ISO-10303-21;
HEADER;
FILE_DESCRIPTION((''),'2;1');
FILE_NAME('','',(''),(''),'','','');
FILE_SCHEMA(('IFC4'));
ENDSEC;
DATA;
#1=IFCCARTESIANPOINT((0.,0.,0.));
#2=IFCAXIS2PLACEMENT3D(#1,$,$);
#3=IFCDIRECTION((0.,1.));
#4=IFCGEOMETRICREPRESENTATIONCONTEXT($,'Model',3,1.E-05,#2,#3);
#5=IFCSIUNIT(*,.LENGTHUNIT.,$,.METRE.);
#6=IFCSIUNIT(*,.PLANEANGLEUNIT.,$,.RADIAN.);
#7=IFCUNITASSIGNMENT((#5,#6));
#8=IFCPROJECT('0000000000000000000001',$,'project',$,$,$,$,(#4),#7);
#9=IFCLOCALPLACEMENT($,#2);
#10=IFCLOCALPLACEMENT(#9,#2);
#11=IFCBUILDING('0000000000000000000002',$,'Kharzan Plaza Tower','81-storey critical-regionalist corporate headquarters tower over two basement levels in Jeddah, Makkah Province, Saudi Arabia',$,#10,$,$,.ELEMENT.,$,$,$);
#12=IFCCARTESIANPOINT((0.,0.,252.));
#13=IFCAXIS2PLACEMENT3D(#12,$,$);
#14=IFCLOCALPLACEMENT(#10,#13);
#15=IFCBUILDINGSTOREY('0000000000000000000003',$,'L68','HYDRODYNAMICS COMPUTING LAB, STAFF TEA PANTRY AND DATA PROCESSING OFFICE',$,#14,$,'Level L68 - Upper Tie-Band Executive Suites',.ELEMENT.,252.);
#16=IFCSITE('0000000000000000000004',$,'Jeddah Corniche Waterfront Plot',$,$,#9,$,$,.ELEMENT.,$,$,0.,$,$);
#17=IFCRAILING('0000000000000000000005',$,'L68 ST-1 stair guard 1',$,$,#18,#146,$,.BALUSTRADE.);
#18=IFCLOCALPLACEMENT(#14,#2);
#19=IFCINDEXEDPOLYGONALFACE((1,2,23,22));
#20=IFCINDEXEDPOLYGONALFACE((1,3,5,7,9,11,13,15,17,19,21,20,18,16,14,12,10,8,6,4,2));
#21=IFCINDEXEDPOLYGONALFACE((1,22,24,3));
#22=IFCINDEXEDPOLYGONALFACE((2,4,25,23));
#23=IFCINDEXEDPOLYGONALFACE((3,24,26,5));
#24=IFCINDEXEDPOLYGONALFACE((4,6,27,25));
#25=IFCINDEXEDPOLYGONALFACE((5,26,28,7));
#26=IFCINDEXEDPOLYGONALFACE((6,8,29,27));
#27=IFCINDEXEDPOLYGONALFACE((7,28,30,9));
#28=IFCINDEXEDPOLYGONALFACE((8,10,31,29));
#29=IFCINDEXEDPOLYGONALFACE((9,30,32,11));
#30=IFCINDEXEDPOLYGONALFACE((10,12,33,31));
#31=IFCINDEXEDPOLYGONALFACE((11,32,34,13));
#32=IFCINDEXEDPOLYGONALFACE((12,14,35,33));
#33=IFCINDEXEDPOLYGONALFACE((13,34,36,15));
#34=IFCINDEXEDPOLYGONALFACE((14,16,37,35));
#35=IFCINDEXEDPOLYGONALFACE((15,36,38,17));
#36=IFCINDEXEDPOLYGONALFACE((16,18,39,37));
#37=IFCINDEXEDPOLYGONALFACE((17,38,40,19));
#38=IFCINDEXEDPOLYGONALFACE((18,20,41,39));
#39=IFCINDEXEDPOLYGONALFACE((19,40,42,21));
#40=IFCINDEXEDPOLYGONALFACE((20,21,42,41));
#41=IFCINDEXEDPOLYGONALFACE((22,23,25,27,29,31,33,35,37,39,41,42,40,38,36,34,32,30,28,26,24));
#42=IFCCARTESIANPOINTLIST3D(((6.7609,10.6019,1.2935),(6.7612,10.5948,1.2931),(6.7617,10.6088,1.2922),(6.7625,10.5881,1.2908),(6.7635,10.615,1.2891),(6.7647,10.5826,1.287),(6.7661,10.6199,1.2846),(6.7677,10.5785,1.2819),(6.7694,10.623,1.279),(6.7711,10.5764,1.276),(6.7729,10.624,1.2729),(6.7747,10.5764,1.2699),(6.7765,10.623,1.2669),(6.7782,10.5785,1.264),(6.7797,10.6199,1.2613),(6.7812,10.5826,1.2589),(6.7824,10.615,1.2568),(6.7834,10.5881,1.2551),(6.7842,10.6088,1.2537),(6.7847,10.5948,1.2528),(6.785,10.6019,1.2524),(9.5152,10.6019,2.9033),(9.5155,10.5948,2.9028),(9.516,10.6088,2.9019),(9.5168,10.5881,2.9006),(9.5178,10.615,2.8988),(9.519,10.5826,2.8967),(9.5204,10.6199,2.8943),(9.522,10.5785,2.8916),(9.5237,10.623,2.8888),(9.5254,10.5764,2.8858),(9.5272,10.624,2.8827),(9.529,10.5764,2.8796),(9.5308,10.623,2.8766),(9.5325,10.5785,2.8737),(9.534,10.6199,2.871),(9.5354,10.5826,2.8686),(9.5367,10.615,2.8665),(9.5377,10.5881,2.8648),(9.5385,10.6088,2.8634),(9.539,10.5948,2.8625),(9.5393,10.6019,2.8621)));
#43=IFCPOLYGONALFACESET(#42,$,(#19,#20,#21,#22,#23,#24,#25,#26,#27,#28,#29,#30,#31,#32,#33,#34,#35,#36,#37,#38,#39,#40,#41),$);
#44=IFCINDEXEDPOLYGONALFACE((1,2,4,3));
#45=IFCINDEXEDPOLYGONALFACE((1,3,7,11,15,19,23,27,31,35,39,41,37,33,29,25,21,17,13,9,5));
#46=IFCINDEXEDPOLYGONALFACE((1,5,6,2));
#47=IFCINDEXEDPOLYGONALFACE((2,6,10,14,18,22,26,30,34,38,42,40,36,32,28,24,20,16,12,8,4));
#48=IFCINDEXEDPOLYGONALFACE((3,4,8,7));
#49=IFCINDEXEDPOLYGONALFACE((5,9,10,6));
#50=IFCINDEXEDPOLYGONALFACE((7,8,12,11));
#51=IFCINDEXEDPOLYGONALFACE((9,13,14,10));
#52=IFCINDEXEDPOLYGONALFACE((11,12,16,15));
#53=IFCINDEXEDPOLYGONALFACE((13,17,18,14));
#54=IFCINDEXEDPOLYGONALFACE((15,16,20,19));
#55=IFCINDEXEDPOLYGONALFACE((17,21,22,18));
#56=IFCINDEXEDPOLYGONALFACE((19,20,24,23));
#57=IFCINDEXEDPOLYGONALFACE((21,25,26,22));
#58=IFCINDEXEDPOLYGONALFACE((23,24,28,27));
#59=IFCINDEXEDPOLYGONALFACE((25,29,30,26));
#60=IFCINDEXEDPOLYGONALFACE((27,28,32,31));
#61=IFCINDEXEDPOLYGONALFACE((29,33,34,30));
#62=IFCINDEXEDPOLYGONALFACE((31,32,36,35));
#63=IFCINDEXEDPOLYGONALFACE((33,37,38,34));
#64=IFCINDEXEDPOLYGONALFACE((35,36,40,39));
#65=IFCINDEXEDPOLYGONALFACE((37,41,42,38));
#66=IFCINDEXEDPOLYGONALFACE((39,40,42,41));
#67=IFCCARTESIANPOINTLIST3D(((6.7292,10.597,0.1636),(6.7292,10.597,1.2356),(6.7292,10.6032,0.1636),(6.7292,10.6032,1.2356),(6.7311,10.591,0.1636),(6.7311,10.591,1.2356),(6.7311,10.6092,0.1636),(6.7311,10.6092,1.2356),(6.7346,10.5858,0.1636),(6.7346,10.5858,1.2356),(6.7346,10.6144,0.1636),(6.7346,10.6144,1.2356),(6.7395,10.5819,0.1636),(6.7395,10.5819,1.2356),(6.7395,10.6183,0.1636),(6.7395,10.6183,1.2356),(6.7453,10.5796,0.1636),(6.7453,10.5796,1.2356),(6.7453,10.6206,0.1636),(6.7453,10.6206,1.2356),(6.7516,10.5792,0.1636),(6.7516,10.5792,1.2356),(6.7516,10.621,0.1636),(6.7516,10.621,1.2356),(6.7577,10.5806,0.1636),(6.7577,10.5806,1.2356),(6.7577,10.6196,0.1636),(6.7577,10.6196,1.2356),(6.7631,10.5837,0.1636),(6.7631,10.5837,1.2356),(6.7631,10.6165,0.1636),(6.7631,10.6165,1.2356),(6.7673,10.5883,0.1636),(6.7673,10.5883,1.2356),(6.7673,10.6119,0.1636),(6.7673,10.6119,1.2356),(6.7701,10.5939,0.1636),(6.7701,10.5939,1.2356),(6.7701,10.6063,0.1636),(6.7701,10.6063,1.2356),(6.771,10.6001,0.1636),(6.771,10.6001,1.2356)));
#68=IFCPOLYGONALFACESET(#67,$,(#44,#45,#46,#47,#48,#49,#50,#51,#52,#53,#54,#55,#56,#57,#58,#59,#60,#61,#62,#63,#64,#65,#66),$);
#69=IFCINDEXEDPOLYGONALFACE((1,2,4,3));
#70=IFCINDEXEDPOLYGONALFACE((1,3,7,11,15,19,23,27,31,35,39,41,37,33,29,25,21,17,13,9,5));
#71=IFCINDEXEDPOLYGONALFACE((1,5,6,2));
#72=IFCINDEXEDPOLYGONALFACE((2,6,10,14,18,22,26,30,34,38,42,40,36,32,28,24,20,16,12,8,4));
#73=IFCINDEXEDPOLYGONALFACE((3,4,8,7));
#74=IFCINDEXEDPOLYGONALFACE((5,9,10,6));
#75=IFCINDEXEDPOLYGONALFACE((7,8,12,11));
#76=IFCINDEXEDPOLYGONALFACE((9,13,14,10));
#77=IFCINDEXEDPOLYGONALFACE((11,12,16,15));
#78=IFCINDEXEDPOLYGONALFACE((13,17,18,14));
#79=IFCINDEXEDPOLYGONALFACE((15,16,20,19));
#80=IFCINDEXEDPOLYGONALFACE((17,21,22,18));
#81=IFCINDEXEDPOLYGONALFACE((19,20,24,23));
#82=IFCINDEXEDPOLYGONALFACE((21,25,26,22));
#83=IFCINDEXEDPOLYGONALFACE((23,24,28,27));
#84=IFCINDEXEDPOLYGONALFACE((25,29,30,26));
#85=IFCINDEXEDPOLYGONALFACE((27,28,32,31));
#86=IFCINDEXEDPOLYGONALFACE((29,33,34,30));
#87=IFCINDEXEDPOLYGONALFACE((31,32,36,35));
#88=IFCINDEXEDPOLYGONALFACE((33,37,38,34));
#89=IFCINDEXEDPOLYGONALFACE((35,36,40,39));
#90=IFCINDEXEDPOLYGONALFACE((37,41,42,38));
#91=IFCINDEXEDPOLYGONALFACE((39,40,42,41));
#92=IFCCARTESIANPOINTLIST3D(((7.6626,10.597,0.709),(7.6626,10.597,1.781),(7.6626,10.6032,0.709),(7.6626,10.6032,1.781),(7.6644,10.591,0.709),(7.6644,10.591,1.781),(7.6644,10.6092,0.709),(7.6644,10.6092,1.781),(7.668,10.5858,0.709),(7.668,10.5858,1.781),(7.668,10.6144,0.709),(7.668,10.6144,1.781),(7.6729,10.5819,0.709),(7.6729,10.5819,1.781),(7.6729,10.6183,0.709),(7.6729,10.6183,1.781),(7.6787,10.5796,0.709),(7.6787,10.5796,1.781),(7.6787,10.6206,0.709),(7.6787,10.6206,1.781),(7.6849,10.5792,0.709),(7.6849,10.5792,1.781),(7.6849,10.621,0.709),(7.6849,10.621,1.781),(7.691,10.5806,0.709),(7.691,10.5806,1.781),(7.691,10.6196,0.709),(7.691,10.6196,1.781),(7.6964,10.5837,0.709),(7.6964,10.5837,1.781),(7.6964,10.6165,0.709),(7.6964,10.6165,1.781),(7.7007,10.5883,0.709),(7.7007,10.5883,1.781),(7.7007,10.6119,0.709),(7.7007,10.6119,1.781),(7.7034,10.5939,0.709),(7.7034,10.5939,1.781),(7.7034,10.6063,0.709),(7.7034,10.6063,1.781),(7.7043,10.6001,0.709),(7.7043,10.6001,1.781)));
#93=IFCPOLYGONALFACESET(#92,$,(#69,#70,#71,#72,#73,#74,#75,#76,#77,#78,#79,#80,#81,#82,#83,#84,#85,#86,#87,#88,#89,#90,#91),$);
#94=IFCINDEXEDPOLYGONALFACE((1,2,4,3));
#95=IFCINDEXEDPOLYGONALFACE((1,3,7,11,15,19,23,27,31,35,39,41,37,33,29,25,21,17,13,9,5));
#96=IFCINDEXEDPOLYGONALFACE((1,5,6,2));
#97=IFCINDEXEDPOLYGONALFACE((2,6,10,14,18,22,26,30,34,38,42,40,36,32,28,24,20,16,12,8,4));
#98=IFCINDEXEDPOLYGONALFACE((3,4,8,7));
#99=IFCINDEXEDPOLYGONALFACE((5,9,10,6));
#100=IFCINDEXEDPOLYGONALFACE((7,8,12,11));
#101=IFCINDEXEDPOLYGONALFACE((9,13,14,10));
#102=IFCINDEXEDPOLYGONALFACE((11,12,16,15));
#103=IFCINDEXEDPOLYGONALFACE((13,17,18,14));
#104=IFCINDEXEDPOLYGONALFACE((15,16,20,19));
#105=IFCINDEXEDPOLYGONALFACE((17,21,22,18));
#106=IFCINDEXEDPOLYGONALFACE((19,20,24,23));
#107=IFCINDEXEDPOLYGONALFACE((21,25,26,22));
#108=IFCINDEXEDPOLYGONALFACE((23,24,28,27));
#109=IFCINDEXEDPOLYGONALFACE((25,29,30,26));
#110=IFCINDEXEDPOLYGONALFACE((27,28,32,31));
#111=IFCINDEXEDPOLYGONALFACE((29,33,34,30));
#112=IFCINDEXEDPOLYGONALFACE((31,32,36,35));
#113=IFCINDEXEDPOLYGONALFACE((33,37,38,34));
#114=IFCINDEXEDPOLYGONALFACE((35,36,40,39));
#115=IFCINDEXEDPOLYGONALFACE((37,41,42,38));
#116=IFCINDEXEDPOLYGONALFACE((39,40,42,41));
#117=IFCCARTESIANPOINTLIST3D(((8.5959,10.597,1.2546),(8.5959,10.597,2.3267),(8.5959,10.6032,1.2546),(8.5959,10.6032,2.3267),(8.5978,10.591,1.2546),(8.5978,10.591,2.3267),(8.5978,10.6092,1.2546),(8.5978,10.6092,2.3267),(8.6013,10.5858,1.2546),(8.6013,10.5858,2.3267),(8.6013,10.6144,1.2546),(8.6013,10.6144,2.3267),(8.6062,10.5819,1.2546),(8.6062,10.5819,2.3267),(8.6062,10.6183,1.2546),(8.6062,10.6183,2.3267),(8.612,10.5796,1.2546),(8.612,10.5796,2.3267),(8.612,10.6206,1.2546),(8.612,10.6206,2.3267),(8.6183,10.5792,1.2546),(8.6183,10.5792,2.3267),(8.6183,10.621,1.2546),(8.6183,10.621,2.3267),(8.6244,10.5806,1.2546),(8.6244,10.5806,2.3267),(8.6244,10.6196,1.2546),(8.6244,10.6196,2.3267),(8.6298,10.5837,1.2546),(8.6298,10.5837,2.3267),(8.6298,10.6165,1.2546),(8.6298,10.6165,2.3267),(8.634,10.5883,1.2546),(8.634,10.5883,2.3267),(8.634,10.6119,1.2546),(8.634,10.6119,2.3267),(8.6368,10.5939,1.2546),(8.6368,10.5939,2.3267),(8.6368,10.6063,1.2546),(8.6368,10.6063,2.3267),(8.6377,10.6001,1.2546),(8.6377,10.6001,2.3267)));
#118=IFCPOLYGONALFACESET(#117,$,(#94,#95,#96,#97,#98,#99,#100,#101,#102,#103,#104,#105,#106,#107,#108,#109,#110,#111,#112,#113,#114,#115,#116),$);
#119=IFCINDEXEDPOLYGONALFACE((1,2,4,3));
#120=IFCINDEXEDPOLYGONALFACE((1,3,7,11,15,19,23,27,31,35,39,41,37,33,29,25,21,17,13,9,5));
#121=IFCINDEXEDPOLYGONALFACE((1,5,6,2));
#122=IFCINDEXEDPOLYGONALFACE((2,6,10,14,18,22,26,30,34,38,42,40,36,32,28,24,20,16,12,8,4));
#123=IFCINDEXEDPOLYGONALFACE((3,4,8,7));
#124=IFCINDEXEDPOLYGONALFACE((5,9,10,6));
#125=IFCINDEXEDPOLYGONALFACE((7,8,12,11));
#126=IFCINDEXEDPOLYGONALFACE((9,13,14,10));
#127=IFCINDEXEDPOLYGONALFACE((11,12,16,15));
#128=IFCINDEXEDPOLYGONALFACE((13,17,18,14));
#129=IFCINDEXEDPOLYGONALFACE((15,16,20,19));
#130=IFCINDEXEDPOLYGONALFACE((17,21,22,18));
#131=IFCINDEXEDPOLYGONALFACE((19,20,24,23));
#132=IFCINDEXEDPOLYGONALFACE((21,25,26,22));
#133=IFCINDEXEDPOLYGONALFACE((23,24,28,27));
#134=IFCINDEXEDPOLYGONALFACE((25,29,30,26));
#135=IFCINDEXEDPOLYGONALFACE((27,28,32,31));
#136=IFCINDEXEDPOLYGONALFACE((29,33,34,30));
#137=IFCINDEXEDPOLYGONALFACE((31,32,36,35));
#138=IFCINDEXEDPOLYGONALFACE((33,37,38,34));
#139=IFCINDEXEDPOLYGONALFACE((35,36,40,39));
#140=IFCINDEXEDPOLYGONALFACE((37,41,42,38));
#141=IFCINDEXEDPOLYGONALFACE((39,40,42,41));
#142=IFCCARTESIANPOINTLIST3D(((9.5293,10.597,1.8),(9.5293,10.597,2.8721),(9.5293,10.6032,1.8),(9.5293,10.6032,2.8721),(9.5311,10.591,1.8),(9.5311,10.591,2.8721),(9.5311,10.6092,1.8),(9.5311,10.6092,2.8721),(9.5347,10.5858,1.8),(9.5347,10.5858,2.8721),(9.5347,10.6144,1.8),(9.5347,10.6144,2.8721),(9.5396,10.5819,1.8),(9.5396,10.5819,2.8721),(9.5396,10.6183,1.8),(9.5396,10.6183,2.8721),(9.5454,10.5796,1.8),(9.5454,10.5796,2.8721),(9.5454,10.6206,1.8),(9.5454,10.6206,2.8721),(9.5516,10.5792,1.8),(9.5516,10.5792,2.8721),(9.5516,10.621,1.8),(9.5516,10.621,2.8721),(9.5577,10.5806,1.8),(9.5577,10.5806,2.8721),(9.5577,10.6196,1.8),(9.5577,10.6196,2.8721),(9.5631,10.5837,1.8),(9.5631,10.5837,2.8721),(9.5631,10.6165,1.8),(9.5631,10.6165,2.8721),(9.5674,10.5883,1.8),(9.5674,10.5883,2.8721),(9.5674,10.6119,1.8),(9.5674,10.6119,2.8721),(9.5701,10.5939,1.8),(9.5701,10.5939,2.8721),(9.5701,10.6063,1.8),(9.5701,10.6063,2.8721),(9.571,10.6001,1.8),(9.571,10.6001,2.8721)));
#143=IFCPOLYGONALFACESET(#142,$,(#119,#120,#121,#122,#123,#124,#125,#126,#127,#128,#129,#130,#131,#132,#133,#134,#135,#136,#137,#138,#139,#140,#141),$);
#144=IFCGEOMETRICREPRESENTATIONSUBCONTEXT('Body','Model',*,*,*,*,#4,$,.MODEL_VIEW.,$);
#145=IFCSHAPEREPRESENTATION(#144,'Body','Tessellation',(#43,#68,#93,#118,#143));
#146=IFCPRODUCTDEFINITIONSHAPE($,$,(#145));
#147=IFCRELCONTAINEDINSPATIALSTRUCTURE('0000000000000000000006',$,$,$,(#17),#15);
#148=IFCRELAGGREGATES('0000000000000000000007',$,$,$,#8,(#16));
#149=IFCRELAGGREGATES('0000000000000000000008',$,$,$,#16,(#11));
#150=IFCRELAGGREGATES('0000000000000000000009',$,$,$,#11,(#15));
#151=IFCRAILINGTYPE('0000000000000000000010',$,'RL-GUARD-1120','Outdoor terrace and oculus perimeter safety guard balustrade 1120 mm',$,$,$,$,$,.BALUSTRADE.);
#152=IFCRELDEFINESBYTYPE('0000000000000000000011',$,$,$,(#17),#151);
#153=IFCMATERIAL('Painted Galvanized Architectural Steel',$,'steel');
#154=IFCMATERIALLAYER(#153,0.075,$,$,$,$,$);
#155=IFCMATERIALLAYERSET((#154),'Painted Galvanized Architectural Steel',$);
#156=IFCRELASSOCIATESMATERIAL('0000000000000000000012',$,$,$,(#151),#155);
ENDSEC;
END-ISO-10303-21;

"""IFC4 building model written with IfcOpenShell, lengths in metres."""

from ifc_helpers import new_model, si_unit, direction, frame, origin, origin_2d, place, context, subcontext, project, spatial, circle, extrude, source, transform, mapped, material, layer, layer_set, type_object, element, save


model = new_model("IFC4")

# Units and contexts
model_context = context("Model", 3, precision=1e-05, world=origin(), true_north=direction((0.0, 1.0)))
body_context = subcontext(model_context, "Body", "Model", "MODEL_VIEW")
ifc_project = project(units=[si_unit("LENGTHUNIT", "METRE"), si_unit("PLANEANGLEUNIT", "RADIAN")], contexts=[model_context])

# Site, building, storey
site_placement = place(None, origin())
site = spatial("IfcSite", under=ifc_project, at=site_placement, Name="Jeddah Corniche Waterfront Plot", CompositionType="ELEMENT", RefElevation=0.0)
building_placement = place(site_placement, origin())
building = spatial("IfcBuilding", under=site, at=building_placement, Name="Kharzan Plaza Tower", Description="81-storey critical-regionalist corporate headquarters tower over two basement levels in Jeddah, Makkah Province, Saudi Arabia", CompositionType="ELEMENT")
storey_placement = place(building_placement, frame((0.0, 0.0, 252.0)))
storey = spatial("IfcBuildingStorey", under=building, at=storey_placement, Name="L68", Description="HYDRODYNAMICS COMPUTING LAB, STAFF TEA PANTRY AND DATA PROCESSING OFFICE", LongName="Level L68 - Upper Tie-Band Executive Suites", CompositionType="ELEMENT", Elevation=252.0)

# Shared definitions
ifc_material_1 = material(Name="Painted Galvanized Architectural Steel", Category="steel")
ifc_layer_1 = layer(ifc_material_1, 0.075)
ifc_layer_set_1 = layer_set([ifc_layer_1], Name="Painted Galvanized Architectural Steel")
railing_type_1 = type_object("IfcRailingType", Name="RL-GUARD-1120", Description="Outdoor terrace and oculus perimeter safety guard balustrade 1120 mm", PredefinedType="BALUSTRADE", material=ifc_layer_set_1)

# Railing
shared_shape_1 = source(origin(), body_context, "Body", "SweptSolid", [
    extrude(circle(Radius=0.0239, at=origin_2d()), frame((0.0229, 0.0, 1.1094), z_axis=(0.863361, 0.0, 0.504587), x_axis=(0.0, 1.0, 0.0)), (0.0, 0.0, 1.0), 3.1902),
    extrude(circle(Radius=0.021, at=origin_2d()), origin(), (0.0, 0.0, 1.0), 1.072),
    extrude(circle(Radius=0.021, at=origin_2d()), frame((0.9333, 0.0, 0.5454)), (0.0, 0.0, 1.0), 1.072),
    extrude(circle(Radius=0.021, at=origin_2d()), frame((1.8667, 0.0, 1.0911)), (0.0, 0.0, 1.0), 1.072),
    extrude(circle(Radius=0.021, at=origin_2d()), frame((2.8, 0.0, 1.6365)), (0.0, 0.0, 1.0), 1.072),
])
railing_1_placement = place(storey_placement, frame((6.75, 10.6001, 0.1636)))
element("IfcRailing", 1, at=railing_1_placement, inside=storey, type_object=railing_type_1, Name="L68 ST-1 stair guard 1", PredefinedType="BALUSTRADE", context=body_context, shape_type="MappedRepresentation", body=[
    mapped(shared_shape_1, transform((0.0, 0.0, 0.0), x_axis=(1.0, 0.0, 0.0), y_axis=(0.0, 1.0, 0.0), z_axis=(0.0, 0.0, 1.0))),
])

save(model, "model.ifc")
